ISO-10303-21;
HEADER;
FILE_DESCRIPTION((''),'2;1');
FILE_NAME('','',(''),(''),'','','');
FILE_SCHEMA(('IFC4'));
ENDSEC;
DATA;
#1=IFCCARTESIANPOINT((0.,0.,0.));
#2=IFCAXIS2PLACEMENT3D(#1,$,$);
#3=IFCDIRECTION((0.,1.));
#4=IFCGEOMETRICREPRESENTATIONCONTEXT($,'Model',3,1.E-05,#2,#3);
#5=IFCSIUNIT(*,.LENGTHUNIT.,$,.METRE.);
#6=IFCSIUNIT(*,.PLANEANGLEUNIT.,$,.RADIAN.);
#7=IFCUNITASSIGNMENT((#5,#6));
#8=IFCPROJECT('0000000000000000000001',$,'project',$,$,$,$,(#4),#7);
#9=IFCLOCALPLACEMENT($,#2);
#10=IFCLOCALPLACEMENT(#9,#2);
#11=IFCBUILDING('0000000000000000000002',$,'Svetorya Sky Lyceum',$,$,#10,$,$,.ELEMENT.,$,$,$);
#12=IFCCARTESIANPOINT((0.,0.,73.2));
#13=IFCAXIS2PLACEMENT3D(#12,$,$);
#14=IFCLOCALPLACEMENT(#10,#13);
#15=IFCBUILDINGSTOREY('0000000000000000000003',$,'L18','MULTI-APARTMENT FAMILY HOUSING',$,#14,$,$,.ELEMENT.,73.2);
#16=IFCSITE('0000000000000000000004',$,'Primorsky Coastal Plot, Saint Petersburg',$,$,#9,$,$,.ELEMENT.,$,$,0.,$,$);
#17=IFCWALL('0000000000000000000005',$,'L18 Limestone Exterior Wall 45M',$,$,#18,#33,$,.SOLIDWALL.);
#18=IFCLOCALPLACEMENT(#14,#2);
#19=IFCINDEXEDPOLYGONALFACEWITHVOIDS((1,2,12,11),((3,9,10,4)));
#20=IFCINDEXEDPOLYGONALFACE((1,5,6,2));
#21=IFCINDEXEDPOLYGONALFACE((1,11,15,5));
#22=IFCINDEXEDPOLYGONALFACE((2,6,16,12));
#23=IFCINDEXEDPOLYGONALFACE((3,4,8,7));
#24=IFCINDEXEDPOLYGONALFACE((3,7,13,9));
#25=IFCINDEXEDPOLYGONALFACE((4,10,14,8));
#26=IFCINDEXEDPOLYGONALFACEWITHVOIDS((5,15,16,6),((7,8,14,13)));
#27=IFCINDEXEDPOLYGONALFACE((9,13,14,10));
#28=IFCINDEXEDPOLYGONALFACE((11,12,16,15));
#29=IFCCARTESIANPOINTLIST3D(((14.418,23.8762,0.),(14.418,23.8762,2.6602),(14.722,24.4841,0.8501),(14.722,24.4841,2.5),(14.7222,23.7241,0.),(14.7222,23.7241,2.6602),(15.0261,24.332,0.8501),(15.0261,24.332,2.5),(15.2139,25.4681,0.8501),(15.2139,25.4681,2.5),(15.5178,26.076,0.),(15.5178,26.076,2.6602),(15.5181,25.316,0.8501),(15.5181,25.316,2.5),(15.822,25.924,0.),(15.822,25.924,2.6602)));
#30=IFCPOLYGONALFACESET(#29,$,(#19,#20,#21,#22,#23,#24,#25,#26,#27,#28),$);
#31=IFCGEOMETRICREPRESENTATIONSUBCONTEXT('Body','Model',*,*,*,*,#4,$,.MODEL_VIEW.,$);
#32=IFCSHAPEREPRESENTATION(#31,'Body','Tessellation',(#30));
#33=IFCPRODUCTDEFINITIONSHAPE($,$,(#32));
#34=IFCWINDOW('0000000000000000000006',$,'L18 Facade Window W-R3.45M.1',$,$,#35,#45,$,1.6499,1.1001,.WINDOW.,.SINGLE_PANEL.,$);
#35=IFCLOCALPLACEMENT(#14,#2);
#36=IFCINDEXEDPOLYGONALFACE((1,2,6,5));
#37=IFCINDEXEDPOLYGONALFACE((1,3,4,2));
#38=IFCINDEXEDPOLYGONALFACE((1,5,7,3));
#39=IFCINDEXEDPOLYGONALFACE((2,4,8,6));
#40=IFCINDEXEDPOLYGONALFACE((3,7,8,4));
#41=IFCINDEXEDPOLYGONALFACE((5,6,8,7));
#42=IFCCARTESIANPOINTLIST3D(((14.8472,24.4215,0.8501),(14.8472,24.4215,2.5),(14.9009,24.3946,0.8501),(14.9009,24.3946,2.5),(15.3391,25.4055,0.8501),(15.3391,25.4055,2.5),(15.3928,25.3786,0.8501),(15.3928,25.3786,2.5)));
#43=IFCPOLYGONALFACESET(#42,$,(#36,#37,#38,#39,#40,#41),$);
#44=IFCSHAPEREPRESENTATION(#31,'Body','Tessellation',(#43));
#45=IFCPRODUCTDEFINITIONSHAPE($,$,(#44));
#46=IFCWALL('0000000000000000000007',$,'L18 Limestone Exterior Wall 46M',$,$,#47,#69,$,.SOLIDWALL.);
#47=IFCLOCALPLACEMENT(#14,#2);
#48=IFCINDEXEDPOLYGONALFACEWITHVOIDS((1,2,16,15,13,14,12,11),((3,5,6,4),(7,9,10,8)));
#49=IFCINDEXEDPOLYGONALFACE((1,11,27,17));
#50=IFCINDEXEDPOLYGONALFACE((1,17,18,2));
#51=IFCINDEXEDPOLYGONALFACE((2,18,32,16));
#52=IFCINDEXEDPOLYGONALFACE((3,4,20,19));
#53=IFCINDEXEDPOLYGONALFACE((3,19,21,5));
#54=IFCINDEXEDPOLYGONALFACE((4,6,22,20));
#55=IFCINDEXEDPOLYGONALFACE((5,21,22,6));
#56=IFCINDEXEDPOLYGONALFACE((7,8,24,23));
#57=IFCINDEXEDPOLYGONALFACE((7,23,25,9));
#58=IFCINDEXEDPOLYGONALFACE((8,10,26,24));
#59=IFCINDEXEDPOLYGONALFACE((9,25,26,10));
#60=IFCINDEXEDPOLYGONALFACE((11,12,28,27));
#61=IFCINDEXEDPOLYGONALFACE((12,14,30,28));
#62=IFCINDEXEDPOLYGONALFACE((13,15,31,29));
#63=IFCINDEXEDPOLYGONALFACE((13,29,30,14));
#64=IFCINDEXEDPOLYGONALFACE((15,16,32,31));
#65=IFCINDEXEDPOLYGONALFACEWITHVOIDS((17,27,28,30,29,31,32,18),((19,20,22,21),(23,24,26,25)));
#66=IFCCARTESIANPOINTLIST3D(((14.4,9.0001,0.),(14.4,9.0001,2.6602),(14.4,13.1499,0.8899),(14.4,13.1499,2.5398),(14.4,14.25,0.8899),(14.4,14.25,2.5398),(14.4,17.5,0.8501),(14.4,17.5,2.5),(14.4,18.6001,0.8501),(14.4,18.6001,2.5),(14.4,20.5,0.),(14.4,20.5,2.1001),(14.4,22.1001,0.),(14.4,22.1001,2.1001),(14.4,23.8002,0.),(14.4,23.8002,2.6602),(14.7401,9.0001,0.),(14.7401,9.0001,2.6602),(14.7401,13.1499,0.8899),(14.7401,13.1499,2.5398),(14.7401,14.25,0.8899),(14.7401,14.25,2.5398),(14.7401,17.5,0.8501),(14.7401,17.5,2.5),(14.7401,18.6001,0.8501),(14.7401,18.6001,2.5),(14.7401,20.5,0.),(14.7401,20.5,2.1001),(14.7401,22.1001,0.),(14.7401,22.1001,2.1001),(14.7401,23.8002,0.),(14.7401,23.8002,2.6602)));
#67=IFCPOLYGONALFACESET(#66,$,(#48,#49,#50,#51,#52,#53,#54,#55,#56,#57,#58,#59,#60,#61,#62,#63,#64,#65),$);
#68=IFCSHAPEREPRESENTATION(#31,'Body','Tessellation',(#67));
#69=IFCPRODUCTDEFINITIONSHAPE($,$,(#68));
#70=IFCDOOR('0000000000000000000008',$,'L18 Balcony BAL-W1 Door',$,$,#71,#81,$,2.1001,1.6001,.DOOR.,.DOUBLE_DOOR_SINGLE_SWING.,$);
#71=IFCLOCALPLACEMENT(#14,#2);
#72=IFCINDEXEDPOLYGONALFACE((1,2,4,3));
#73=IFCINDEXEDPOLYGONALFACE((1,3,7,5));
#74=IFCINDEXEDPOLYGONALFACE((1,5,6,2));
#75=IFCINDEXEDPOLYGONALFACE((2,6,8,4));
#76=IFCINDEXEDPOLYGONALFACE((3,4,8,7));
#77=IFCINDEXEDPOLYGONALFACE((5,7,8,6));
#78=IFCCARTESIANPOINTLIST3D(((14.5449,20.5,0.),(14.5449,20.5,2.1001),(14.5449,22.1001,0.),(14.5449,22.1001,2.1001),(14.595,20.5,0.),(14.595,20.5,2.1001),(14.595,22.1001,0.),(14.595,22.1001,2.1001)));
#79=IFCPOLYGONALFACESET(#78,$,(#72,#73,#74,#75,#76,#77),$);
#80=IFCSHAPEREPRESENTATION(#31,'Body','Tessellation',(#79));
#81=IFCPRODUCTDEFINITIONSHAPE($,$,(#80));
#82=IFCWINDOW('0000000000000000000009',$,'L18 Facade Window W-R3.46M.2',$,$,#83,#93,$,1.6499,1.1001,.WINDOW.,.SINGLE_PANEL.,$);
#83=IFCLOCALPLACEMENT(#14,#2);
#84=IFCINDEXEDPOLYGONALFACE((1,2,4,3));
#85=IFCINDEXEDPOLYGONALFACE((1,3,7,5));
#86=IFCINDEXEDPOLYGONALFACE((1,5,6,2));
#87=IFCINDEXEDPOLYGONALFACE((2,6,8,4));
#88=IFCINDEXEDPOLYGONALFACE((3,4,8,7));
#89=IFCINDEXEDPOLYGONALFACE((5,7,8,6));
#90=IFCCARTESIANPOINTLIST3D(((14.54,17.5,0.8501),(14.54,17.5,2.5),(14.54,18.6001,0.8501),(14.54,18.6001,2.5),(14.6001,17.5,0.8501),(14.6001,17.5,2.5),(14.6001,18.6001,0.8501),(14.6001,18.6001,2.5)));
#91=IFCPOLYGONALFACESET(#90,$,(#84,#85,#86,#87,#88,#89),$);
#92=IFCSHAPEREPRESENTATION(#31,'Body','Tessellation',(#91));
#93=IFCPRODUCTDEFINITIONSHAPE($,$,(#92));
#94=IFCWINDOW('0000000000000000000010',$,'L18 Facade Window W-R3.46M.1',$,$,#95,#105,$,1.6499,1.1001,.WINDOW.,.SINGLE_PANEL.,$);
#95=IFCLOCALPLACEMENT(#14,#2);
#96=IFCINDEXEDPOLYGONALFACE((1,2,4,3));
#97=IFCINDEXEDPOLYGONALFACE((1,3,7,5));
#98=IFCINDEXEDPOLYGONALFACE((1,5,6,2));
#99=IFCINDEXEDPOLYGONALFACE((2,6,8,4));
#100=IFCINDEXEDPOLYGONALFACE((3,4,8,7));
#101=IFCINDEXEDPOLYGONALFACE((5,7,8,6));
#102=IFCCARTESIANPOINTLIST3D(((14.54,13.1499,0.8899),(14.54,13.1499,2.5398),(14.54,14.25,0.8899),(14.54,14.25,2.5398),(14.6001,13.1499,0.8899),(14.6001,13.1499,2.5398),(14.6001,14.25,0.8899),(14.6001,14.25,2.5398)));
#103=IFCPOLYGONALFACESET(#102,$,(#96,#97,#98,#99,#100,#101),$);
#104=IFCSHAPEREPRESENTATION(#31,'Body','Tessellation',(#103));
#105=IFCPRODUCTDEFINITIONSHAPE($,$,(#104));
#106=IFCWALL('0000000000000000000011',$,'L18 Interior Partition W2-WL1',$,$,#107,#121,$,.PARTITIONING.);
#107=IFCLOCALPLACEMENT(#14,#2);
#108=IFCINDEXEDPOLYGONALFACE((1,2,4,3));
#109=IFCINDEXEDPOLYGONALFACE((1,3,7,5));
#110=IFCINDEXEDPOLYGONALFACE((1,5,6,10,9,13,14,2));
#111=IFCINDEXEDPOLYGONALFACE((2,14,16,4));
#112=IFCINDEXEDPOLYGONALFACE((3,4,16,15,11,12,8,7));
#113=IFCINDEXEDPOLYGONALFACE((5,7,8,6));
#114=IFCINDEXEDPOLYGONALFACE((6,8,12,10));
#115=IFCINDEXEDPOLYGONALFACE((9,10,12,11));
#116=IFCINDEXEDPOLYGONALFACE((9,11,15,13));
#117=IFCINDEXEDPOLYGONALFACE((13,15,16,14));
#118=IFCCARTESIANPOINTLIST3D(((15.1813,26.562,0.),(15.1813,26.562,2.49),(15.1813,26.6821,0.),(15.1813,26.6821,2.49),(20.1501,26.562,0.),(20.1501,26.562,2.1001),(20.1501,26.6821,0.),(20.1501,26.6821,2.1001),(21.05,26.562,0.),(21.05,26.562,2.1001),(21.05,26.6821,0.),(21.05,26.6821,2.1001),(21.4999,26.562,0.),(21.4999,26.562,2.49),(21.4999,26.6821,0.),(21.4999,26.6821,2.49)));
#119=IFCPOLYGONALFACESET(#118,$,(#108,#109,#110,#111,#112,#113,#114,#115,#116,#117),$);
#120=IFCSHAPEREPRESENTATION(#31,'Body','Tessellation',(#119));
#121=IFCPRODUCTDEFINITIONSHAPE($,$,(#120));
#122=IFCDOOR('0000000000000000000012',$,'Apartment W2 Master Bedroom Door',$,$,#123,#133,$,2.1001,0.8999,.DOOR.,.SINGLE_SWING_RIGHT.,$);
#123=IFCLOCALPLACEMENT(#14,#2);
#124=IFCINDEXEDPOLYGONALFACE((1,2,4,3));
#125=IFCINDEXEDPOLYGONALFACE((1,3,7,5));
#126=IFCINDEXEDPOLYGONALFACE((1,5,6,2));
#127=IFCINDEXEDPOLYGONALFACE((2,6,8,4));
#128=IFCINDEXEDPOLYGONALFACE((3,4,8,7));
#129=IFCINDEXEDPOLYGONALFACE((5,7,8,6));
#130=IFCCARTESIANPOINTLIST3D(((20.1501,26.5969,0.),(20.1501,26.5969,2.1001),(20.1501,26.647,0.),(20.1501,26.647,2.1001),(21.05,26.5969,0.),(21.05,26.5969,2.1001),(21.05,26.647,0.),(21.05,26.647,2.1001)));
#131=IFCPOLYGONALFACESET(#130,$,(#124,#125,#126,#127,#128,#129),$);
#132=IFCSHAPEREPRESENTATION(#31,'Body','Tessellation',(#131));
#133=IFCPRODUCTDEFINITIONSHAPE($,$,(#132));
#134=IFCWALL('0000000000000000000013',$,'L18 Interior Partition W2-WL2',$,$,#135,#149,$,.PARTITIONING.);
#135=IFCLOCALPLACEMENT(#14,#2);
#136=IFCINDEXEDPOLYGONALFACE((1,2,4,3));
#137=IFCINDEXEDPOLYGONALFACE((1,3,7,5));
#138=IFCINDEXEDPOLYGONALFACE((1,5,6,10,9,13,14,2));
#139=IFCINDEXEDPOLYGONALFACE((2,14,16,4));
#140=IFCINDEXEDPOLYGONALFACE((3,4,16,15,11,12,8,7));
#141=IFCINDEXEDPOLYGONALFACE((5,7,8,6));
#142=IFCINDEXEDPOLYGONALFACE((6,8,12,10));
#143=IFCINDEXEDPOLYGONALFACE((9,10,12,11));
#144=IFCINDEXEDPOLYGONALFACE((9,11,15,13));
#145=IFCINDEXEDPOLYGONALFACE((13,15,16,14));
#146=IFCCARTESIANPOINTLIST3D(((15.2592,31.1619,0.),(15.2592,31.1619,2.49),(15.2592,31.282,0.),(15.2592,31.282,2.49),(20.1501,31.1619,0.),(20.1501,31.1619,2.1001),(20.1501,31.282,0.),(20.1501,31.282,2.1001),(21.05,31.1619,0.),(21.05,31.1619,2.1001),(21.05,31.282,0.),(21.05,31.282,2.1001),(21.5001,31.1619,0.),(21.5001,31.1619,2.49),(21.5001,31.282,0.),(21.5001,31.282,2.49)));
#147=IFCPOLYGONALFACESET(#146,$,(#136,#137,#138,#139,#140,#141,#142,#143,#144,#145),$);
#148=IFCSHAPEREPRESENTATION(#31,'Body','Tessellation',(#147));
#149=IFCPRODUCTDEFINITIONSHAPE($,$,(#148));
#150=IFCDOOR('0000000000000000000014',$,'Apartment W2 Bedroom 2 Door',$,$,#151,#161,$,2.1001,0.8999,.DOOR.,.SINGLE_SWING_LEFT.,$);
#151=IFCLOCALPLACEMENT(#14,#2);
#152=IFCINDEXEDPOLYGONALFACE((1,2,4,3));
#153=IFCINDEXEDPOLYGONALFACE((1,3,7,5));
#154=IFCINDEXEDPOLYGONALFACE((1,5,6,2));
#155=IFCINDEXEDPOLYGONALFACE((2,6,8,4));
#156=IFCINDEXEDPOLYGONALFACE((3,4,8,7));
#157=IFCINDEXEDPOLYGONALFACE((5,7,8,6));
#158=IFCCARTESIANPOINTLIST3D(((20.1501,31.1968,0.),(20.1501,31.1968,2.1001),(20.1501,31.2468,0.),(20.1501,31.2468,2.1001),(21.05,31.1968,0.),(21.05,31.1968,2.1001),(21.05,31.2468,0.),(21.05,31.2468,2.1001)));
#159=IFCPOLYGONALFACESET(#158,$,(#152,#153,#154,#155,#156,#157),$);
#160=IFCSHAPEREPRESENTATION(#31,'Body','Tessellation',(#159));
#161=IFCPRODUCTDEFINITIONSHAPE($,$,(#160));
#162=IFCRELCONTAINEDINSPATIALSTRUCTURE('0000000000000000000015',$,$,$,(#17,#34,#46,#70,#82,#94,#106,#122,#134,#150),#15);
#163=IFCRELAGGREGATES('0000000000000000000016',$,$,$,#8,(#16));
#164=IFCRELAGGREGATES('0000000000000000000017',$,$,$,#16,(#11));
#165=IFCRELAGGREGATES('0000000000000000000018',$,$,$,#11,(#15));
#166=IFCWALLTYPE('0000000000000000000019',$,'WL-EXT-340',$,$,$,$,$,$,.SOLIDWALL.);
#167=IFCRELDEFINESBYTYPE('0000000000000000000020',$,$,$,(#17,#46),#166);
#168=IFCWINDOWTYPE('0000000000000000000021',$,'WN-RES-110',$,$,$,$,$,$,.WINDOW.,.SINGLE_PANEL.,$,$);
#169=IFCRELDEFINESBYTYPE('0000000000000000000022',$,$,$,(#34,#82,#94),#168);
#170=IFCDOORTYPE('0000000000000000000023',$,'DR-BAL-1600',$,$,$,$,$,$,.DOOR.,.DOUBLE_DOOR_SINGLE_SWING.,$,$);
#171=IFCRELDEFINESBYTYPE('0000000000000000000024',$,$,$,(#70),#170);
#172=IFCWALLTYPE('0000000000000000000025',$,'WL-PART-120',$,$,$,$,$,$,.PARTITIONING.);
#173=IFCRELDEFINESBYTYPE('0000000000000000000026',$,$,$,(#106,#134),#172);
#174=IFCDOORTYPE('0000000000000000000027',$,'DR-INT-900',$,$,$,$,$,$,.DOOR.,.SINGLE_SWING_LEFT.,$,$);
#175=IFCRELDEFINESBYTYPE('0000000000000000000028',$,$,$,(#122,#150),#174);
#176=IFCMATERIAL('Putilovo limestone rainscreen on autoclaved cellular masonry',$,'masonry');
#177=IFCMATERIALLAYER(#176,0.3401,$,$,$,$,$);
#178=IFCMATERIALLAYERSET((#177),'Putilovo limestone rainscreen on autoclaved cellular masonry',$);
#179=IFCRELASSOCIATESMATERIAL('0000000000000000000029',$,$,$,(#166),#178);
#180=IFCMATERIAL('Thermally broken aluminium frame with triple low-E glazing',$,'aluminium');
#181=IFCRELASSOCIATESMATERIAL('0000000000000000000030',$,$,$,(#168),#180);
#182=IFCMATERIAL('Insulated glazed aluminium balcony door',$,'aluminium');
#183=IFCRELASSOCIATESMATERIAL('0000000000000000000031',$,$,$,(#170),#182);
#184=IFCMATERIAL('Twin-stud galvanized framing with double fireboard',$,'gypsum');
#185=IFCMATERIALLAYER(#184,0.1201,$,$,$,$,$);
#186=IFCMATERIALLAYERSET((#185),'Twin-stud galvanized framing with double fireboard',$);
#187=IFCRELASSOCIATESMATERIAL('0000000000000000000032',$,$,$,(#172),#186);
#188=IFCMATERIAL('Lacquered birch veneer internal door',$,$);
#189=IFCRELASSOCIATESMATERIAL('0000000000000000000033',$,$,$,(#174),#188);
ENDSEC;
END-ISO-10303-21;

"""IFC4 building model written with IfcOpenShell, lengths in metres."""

from ifc_helpers import new_model, si_unit, direction, frame, frame_2d, origin, place, context, subcontext, project, spatial, rectangle, extrude, material, layer, layer_set, type_object, element, fill, save


model = new_model("IFC4")

# Units and contexts
model_context = context("Model", 3, precision=1e-05, world=origin(), true_north=direction((0.0, 1.0)))
body_context = subcontext(model_context, "Body", "Model", "MODEL_VIEW")
ifc_project = project(units=[si_unit("LENGTHUNIT", "METRE"), si_unit("PLANEANGLEUNIT", "RADIAN")], contexts=[model_context])

# Site, building, storey
site_placement = place(None, origin())
site = spatial("IfcSite", under=ifc_project, at=site_placement, Name="Primorsky Coastal Plot, Saint Petersburg", CompositionType="ELEMENT", RefElevation=0.0)
building_placement = place(site_placement, origin())
building = spatial("IfcBuilding", under=site, at=building_placement, Name="Svetorya Sky Lyceum", CompositionType="ELEMENT")
storey_placement = place(building_placement, frame((0.0, 0.0, 73.2)))
storey = spatial("IfcBuildingStorey", under=building, at=storey_placement, Name="L18", Description="MULTI-APARTMENT FAMILY HOUSING", CompositionType="ELEMENT", Elevation=73.2)

# Shared definitions
ifc_material_1 = material(Name="Putilovo limestone rainscreen on autoclaved cellular masonry", Category="masonry")
ifc_layer_1 = layer(ifc_material_1, 0.3401)
ifc_layer_set_1 = layer_set([ifc_layer_1], Name="Putilovo limestone rainscreen on autoclaved cellular masonry")
wall_type_1 = type_object("IfcWallType", Name="WL-EXT-340", PredefinedType="SOLIDWALL", material=ifc_layer_set_1)

# Shared definitions
ifc_material_2 = material(Name="Thermally broken aluminium frame with triple low-E glazing", Category="aluminium")

# Wall, opening, window
wall_1_placement = place(storey_placement, frame((15.6699, 26.0, 0.0), z_axis=(0.0, 0.0, 1.0), x_axis=(-0.447174, -0.894447, 0.0)))
wall_1 = element("IfcWall", 1, at=wall_1_placement, inside=storey, type_object=wall_type_1, Name="L18 Limestone Exterior Wall 45M", PredefinedType="SOLIDWALL", context=body_context, shape_type="SweptSolid", body=[
    extrude(rectangle(XDim=2.4595, YDim=0.3401, at=frame_2d((1.2297, 0.0))), origin(), (0.0, 0.0, 1.0), 2.6602),
])
opening_1_placement = place(wall_1_placement, frame((0.6797, 0.0, 0.8501)))
opening_1 = element("IfcOpeningElement", 2, at=opening_1_placement, cuts=wall_1, PredefinedType="OPENING", context=body_context, shape_type="SweptSolid", body=[
    extrude(rectangle(XDim=1.1001, YDim=1.6499, at=frame_2d((0.55, 0.825))), frame((0.0, 0.1799, 0.0), z_axis=(0.0, -1.0, 0.0), x_axis=(1.0, 0.0, 0.0)), (0.0, 0.0, 1.0), 0.3601),
])
window_type_1 = type_object("IfcWindowType", Name="WN-RES-110", PartitioningType="SINGLE_PANEL", PredefinedType="WINDOW", material=ifc_material_2)
window_1_placement = place(opening_1_placement, origin())
window_1 = element("IfcWindow", 3, at=window_1_placement, inside=storey, type_object=window_type_1, Name="L18 Facade Window W-R3.45M.1", OverallHeight=1.6499, OverallWidth=1.1001, PartitioningType="SINGLE_PANEL", PredefinedType="WINDOW", context=body_context, shape_type="SweptSolid", body=[
    extrude(rectangle(XDim=1.1001, YDim=1.6499, at=frame_2d((0.55, 0.825))), frame((0.0, 0.03, 0.0), z_axis=(0.0, -1.0, 0.0), x_axis=(1.0, 0.0, 0.0)), (0.0, 0.0, 1.0), 0.0601),
])
fill(opening_1, window_1)

# Wall, openings, door, windows
wall_2_placement = place(storey_placement, frame((14.5701, 23.8, 0.0), z_axis=(0.0, 0.0, 1.0), x_axis=(0.0, -1.0, 0.0)))
wall_2 = element("IfcWall", 4, at=wall_2_placement, inside=storey, type_object=wall_type_1, Name="L18 Limestone Exterior Wall 46M", PredefinedType="SOLIDWALL", context=body_context, shape_type="SweptSolid", body=[
    extrude(rectangle(XDim=14.8, YDim=0.3401, at=frame_2d((7.3999, 0.0))), origin(), (0.0, 0.0, 1.0), 2.6602),
])
opening_2_placement = place(wall_2_placement, frame((1.7, 0.0, 0.0)))
opening_2 = element("IfcOpeningElement", 5, at=opening_2_placement, cuts=wall_2, PredefinedType="OPENING", context=body_context, shape_type="SweptSolid", body=[
    extrude(rectangle(XDim=1.6001, YDim=2.1001, at=frame_2d((0.8, 1.05))), frame((0.0, 0.1799, 0.0), z_axis=(0.0, -1.0, 0.0), x_axis=(1.0, 0.0, 0.0)), (0.0, 0.0, 1.0), 0.3601),
])
opening_3_placement = place(wall_2_placement, frame((5.2, 0.0, 0.8501)))
opening_3 = element("IfcOpeningElement", 6, at=opening_3_placement, cuts=wall_2, PredefinedType="OPENING", context=body_context, shape_type="SweptSolid", body=[
    extrude(rectangle(XDim=1.1001, YDim=1.6499, at=frame_2d((0.55, 0.825))), frame((0.0, 0.1799, 0.0), z_axis=(0.0, -1.0, 0.0), x_axis=(1.0, 0.0, 0.0)), (0.0, 0.0, 1.0), 0.3601),
])
opening_4_placement = place(wall_2_placement, frame((9.55, 0.0, 0.8899)))
opening_4 = element("IfcOpeningElement", 7, at=opening_4_placement, cuts=wall_2, PredefinedType="OPENING", context=body_context, shape_type="SweptSolid", body=[
    extrude(rectangle(XDim=1.1001, YDim=1.6499, at=frame_2d((0.55, 0.825))), frame((0.0, 0.1799, 0.0), z_axis=(0.0, -1.0, 0.0), x_axis=(1.0, 0.0, 0.0)), (0.0, 0.0, 1.0), 0.3601),
])
ifc_material_3 = material(Name="Insulated glazed aluminium balcony door", Category="aluminium")
door_type_1 = type_object("IfcDoorType", Name="DR-BAL-1600", OperationType="DOUBLE_DOOR_SINGLE_SWING", PredefinedType="DOOR", material=ifc_material_3)
door_1_placement = place(opening_2_placement, origin())
door_1 = element("IfcDoor", 8, at=door_1_placement, inside=storey, type_object=door_type_1, Name="L18 Balcony BAL-W1 Door", OperationType="DOUBLE_DOOR_SINGLE_SWING", OverallHeight=2.1001, OverallWidth=1.6001, PredefinedType="DOOR", context=body_context, shape_type="SweptSolid", body=[
    extrude(rectangle(XDim=1.6001, YDim=2.1001, at=frame_2d((0.8, 1.05))), frame((0.0, 0.0249, 0.0), z_axis=(0.0, -1.0, 0.0), x_axis=(1.0, 0.0, 0.0)), (0.0, 0.0, 1.0), 0.05),
])
fill(opening_2, door_1)
window_2_placement = place(opening_3_placement, origin())
window_2 = element("IfcWindow", 9, at=window_2_placement, inside=storey, type_object=window_type_1, Name="L18 Facade Window W-R3.46M.2", OverallHeight=1.6499, OverallWidth=1.1001, PartitioningType="SINGLE_PANEL", PredefinedType="WINDOW", context=body_context, shape_type="SweptSolid", body=[
    extrude(rectangle(XDim=1.1001, YDim=1.6499, at=frame_2d((0.55, 0.825))), frame((0.0, 0.03, 0.0), z_axis=(0.0, -1.0, 0.0), x_axis=(1.0, 0.0, 0.0)), (0.0, 0.0, 1.0), 0.0601),
])
fill(opening_3, window_2)
window_3_placement = place(opening_4_placement, origin())
window_3 = element("IfcWindow", 10, at=window_3_placement, inside=storey, type_object=window_type_1, Name="L18 Facade Window W-R3.46M.1", OverallHeight=1.6499, OverallWidth=1.1001, PartitioningType="SINGLE_PANEL", PredefinedType="WINDOW", context=body_context, shape_type="SweptSolid", body=[
    extrude(rectangle(XDim=1.1001, YDim=1.6499, at=frame_2d((0.55, 0.825))), frame((0.0, 0.03, 0.0), z_axis=(0.0, -1.0, 0.0), x_axis=(1.0, 0.0, 0.0)), (0.0, 0.0, 1.0), 0.0601),
])
fill(opening_4, window_3)

# Walls, openings, doors
ifc_material_4 = material(Name="Twin-stud galvanized framing with double fireboard", Category="gypsum")
ifc_layer_2 = layer(ifc_material_4, 0.1201)
ifc_layer_set_2 = layer_set([ifc_layer_2], Name="Twin-stud galvanized framing with double fireboard")
wall_type_2 = type_object("IfcWallType", Name="WL-PART-120", PredefinedType="PARTITIONING", material=ifc_layer_set_2)
wall_3_placement = place(storey_placement, frame((15.1814, 26.6221, 0.0), z_axis=(0.0, 0.0, 1.0), x_axis=(1.0, 0.0, 0.0)))
wall_3 = element("IfcWall", 11, at=wall_3_placement, inside=storey, type_object=wall_type_2, Name="L18 Interior Partition W2-WL1", PredefinedType="PARTITIONING", context=body_context, shape_type="SweptSolid", body=[
    extrude(rectangle(XDim=6.3186, YDim=0.1201, at=frame_2d((3.1592, 0.0))), origin(), (0.0, 0.0, 1.0), 2.49),
])
opening_5_placement = place(wall_3_placement, frame((4.9688, 0.0, 0.0)))
opening_5 = element("IfcOpeningElement", 12, at=opening_5_placement, cuts=wall_3, PredefinedType="OPENING", context=body_context, shape_type="SweptSolid", body=[
    extrude(rectangle(XDim=0.8999, YDim=2.1001, at=frame_2d((0.45, 1.05))), frame((0.0, 0.0701, 0.0), z_axis=(0.0, -1.0, 0.0), x_axis=(1.0, 0.0, 0.0)), (0.0, 0.0, 1.0), 0.1401),
])
ifc_material_5 = material(Name="Lacquered birch veneer internal door")
door_type_2 = type_object("IfcDoorType", Name="DR-INT-900", OperationType="SINGLE_SWING_LEFT", PredefinedType="DOOR", material=ifc_material_5)
door_2_placement = place(opening_5_placement, origin())
door_2 = element("IfcDoor", 13, at=door_2_placement, inside=storey, type_object=door_type_2, Name="Apartment W2 Master Bedroom Door", OperationType="SINGLE_SWING_RIGHT", OverallHeight=2.1001, OverallWidth=0.8999, PredefinedType="DOOR", context=body_context, shape_type="SweptSolid", body=[
    extrude(rectangle(XDim=0.8999, YDim=2.1001, at=frame_2d((0.45, 1.05))), frame((0.0, 0.0249, 0.0), z_axis=(0.0, -1.0, 0.0), x_axis=(1.0, 0.0, 0.0)), (0.0, 0.0, 1.0), 0.05),
])
fill(opening_5, door_2)
wall_4_placement = place(storey_placement, frame((15.259, 31.2219, 0.0), z_axis=(0.0, 0.0, 1.0), x_axis=(1.0, 0.0, 0.0)))
wall_4 = element("IfcWall", 14, at=wall_4_placement, inside=storey, type_object=wall_type_2, Name="L18 Interior Partition W2-WL2", PredefinedType="PARTITIONING", context=body_context, shape_type="SweptSolid", body=[
    extrude(rectangle(XDim=6.241, YDim=0.1201, at=frame_2d((3.1206, 0.0))), origin(), (0.0, 0.0, 1.0), 2.49),
])
opening_6_placement = place(wall_4_placement, frame((4.8911, 0.0, 0.0)))
opening_6 = element("IfcOpeningElement", 15, at=opening_6_placement, cuts=wall_4, PredefinedType="OPENING", context=body_context, shape_type="SweptSolid", body=[
    extrude(rectangle(XDim=0.8999, YDim=2.1001, at=frame_2d((0.45, 1.05))), frame((0.0, 0.0701, 0.0), z_axis=(0.0, -1.0, 0.0), x_axis=(1.0, 0.0, 0.0)), (0.0, 0.0, 1.0), 0.1401),
])
door_3_placement = place(opening_6_placement, origin())
door_3 = element("IfcDoor", 16, at=door_3_placement, inside=storey, type_object=door_type_2, Name="Apartment W2 Bedroom 2 Door", OperationType="SINGLE_SWING_LEFT", OverallHeight=2.1001, OverallWidth=0.8999, PredefinedType="DOOR", context=body_context, shape_type="SweptSolid", body=[
    extrude(rectangle(XDim=0.8999, YDim=2.1001, at=frame_2d((0.45, 1.05))), frame((0.0, 0.0249, 0.0), z_axis=(0.0, -1.0, 0.0), x_axis=(1.0, 0.0, 0.0)), (0.0, 0.0, 1.0), 0.05),
])
fill(opening_6, door_3)

save(model, "model.ifc")
